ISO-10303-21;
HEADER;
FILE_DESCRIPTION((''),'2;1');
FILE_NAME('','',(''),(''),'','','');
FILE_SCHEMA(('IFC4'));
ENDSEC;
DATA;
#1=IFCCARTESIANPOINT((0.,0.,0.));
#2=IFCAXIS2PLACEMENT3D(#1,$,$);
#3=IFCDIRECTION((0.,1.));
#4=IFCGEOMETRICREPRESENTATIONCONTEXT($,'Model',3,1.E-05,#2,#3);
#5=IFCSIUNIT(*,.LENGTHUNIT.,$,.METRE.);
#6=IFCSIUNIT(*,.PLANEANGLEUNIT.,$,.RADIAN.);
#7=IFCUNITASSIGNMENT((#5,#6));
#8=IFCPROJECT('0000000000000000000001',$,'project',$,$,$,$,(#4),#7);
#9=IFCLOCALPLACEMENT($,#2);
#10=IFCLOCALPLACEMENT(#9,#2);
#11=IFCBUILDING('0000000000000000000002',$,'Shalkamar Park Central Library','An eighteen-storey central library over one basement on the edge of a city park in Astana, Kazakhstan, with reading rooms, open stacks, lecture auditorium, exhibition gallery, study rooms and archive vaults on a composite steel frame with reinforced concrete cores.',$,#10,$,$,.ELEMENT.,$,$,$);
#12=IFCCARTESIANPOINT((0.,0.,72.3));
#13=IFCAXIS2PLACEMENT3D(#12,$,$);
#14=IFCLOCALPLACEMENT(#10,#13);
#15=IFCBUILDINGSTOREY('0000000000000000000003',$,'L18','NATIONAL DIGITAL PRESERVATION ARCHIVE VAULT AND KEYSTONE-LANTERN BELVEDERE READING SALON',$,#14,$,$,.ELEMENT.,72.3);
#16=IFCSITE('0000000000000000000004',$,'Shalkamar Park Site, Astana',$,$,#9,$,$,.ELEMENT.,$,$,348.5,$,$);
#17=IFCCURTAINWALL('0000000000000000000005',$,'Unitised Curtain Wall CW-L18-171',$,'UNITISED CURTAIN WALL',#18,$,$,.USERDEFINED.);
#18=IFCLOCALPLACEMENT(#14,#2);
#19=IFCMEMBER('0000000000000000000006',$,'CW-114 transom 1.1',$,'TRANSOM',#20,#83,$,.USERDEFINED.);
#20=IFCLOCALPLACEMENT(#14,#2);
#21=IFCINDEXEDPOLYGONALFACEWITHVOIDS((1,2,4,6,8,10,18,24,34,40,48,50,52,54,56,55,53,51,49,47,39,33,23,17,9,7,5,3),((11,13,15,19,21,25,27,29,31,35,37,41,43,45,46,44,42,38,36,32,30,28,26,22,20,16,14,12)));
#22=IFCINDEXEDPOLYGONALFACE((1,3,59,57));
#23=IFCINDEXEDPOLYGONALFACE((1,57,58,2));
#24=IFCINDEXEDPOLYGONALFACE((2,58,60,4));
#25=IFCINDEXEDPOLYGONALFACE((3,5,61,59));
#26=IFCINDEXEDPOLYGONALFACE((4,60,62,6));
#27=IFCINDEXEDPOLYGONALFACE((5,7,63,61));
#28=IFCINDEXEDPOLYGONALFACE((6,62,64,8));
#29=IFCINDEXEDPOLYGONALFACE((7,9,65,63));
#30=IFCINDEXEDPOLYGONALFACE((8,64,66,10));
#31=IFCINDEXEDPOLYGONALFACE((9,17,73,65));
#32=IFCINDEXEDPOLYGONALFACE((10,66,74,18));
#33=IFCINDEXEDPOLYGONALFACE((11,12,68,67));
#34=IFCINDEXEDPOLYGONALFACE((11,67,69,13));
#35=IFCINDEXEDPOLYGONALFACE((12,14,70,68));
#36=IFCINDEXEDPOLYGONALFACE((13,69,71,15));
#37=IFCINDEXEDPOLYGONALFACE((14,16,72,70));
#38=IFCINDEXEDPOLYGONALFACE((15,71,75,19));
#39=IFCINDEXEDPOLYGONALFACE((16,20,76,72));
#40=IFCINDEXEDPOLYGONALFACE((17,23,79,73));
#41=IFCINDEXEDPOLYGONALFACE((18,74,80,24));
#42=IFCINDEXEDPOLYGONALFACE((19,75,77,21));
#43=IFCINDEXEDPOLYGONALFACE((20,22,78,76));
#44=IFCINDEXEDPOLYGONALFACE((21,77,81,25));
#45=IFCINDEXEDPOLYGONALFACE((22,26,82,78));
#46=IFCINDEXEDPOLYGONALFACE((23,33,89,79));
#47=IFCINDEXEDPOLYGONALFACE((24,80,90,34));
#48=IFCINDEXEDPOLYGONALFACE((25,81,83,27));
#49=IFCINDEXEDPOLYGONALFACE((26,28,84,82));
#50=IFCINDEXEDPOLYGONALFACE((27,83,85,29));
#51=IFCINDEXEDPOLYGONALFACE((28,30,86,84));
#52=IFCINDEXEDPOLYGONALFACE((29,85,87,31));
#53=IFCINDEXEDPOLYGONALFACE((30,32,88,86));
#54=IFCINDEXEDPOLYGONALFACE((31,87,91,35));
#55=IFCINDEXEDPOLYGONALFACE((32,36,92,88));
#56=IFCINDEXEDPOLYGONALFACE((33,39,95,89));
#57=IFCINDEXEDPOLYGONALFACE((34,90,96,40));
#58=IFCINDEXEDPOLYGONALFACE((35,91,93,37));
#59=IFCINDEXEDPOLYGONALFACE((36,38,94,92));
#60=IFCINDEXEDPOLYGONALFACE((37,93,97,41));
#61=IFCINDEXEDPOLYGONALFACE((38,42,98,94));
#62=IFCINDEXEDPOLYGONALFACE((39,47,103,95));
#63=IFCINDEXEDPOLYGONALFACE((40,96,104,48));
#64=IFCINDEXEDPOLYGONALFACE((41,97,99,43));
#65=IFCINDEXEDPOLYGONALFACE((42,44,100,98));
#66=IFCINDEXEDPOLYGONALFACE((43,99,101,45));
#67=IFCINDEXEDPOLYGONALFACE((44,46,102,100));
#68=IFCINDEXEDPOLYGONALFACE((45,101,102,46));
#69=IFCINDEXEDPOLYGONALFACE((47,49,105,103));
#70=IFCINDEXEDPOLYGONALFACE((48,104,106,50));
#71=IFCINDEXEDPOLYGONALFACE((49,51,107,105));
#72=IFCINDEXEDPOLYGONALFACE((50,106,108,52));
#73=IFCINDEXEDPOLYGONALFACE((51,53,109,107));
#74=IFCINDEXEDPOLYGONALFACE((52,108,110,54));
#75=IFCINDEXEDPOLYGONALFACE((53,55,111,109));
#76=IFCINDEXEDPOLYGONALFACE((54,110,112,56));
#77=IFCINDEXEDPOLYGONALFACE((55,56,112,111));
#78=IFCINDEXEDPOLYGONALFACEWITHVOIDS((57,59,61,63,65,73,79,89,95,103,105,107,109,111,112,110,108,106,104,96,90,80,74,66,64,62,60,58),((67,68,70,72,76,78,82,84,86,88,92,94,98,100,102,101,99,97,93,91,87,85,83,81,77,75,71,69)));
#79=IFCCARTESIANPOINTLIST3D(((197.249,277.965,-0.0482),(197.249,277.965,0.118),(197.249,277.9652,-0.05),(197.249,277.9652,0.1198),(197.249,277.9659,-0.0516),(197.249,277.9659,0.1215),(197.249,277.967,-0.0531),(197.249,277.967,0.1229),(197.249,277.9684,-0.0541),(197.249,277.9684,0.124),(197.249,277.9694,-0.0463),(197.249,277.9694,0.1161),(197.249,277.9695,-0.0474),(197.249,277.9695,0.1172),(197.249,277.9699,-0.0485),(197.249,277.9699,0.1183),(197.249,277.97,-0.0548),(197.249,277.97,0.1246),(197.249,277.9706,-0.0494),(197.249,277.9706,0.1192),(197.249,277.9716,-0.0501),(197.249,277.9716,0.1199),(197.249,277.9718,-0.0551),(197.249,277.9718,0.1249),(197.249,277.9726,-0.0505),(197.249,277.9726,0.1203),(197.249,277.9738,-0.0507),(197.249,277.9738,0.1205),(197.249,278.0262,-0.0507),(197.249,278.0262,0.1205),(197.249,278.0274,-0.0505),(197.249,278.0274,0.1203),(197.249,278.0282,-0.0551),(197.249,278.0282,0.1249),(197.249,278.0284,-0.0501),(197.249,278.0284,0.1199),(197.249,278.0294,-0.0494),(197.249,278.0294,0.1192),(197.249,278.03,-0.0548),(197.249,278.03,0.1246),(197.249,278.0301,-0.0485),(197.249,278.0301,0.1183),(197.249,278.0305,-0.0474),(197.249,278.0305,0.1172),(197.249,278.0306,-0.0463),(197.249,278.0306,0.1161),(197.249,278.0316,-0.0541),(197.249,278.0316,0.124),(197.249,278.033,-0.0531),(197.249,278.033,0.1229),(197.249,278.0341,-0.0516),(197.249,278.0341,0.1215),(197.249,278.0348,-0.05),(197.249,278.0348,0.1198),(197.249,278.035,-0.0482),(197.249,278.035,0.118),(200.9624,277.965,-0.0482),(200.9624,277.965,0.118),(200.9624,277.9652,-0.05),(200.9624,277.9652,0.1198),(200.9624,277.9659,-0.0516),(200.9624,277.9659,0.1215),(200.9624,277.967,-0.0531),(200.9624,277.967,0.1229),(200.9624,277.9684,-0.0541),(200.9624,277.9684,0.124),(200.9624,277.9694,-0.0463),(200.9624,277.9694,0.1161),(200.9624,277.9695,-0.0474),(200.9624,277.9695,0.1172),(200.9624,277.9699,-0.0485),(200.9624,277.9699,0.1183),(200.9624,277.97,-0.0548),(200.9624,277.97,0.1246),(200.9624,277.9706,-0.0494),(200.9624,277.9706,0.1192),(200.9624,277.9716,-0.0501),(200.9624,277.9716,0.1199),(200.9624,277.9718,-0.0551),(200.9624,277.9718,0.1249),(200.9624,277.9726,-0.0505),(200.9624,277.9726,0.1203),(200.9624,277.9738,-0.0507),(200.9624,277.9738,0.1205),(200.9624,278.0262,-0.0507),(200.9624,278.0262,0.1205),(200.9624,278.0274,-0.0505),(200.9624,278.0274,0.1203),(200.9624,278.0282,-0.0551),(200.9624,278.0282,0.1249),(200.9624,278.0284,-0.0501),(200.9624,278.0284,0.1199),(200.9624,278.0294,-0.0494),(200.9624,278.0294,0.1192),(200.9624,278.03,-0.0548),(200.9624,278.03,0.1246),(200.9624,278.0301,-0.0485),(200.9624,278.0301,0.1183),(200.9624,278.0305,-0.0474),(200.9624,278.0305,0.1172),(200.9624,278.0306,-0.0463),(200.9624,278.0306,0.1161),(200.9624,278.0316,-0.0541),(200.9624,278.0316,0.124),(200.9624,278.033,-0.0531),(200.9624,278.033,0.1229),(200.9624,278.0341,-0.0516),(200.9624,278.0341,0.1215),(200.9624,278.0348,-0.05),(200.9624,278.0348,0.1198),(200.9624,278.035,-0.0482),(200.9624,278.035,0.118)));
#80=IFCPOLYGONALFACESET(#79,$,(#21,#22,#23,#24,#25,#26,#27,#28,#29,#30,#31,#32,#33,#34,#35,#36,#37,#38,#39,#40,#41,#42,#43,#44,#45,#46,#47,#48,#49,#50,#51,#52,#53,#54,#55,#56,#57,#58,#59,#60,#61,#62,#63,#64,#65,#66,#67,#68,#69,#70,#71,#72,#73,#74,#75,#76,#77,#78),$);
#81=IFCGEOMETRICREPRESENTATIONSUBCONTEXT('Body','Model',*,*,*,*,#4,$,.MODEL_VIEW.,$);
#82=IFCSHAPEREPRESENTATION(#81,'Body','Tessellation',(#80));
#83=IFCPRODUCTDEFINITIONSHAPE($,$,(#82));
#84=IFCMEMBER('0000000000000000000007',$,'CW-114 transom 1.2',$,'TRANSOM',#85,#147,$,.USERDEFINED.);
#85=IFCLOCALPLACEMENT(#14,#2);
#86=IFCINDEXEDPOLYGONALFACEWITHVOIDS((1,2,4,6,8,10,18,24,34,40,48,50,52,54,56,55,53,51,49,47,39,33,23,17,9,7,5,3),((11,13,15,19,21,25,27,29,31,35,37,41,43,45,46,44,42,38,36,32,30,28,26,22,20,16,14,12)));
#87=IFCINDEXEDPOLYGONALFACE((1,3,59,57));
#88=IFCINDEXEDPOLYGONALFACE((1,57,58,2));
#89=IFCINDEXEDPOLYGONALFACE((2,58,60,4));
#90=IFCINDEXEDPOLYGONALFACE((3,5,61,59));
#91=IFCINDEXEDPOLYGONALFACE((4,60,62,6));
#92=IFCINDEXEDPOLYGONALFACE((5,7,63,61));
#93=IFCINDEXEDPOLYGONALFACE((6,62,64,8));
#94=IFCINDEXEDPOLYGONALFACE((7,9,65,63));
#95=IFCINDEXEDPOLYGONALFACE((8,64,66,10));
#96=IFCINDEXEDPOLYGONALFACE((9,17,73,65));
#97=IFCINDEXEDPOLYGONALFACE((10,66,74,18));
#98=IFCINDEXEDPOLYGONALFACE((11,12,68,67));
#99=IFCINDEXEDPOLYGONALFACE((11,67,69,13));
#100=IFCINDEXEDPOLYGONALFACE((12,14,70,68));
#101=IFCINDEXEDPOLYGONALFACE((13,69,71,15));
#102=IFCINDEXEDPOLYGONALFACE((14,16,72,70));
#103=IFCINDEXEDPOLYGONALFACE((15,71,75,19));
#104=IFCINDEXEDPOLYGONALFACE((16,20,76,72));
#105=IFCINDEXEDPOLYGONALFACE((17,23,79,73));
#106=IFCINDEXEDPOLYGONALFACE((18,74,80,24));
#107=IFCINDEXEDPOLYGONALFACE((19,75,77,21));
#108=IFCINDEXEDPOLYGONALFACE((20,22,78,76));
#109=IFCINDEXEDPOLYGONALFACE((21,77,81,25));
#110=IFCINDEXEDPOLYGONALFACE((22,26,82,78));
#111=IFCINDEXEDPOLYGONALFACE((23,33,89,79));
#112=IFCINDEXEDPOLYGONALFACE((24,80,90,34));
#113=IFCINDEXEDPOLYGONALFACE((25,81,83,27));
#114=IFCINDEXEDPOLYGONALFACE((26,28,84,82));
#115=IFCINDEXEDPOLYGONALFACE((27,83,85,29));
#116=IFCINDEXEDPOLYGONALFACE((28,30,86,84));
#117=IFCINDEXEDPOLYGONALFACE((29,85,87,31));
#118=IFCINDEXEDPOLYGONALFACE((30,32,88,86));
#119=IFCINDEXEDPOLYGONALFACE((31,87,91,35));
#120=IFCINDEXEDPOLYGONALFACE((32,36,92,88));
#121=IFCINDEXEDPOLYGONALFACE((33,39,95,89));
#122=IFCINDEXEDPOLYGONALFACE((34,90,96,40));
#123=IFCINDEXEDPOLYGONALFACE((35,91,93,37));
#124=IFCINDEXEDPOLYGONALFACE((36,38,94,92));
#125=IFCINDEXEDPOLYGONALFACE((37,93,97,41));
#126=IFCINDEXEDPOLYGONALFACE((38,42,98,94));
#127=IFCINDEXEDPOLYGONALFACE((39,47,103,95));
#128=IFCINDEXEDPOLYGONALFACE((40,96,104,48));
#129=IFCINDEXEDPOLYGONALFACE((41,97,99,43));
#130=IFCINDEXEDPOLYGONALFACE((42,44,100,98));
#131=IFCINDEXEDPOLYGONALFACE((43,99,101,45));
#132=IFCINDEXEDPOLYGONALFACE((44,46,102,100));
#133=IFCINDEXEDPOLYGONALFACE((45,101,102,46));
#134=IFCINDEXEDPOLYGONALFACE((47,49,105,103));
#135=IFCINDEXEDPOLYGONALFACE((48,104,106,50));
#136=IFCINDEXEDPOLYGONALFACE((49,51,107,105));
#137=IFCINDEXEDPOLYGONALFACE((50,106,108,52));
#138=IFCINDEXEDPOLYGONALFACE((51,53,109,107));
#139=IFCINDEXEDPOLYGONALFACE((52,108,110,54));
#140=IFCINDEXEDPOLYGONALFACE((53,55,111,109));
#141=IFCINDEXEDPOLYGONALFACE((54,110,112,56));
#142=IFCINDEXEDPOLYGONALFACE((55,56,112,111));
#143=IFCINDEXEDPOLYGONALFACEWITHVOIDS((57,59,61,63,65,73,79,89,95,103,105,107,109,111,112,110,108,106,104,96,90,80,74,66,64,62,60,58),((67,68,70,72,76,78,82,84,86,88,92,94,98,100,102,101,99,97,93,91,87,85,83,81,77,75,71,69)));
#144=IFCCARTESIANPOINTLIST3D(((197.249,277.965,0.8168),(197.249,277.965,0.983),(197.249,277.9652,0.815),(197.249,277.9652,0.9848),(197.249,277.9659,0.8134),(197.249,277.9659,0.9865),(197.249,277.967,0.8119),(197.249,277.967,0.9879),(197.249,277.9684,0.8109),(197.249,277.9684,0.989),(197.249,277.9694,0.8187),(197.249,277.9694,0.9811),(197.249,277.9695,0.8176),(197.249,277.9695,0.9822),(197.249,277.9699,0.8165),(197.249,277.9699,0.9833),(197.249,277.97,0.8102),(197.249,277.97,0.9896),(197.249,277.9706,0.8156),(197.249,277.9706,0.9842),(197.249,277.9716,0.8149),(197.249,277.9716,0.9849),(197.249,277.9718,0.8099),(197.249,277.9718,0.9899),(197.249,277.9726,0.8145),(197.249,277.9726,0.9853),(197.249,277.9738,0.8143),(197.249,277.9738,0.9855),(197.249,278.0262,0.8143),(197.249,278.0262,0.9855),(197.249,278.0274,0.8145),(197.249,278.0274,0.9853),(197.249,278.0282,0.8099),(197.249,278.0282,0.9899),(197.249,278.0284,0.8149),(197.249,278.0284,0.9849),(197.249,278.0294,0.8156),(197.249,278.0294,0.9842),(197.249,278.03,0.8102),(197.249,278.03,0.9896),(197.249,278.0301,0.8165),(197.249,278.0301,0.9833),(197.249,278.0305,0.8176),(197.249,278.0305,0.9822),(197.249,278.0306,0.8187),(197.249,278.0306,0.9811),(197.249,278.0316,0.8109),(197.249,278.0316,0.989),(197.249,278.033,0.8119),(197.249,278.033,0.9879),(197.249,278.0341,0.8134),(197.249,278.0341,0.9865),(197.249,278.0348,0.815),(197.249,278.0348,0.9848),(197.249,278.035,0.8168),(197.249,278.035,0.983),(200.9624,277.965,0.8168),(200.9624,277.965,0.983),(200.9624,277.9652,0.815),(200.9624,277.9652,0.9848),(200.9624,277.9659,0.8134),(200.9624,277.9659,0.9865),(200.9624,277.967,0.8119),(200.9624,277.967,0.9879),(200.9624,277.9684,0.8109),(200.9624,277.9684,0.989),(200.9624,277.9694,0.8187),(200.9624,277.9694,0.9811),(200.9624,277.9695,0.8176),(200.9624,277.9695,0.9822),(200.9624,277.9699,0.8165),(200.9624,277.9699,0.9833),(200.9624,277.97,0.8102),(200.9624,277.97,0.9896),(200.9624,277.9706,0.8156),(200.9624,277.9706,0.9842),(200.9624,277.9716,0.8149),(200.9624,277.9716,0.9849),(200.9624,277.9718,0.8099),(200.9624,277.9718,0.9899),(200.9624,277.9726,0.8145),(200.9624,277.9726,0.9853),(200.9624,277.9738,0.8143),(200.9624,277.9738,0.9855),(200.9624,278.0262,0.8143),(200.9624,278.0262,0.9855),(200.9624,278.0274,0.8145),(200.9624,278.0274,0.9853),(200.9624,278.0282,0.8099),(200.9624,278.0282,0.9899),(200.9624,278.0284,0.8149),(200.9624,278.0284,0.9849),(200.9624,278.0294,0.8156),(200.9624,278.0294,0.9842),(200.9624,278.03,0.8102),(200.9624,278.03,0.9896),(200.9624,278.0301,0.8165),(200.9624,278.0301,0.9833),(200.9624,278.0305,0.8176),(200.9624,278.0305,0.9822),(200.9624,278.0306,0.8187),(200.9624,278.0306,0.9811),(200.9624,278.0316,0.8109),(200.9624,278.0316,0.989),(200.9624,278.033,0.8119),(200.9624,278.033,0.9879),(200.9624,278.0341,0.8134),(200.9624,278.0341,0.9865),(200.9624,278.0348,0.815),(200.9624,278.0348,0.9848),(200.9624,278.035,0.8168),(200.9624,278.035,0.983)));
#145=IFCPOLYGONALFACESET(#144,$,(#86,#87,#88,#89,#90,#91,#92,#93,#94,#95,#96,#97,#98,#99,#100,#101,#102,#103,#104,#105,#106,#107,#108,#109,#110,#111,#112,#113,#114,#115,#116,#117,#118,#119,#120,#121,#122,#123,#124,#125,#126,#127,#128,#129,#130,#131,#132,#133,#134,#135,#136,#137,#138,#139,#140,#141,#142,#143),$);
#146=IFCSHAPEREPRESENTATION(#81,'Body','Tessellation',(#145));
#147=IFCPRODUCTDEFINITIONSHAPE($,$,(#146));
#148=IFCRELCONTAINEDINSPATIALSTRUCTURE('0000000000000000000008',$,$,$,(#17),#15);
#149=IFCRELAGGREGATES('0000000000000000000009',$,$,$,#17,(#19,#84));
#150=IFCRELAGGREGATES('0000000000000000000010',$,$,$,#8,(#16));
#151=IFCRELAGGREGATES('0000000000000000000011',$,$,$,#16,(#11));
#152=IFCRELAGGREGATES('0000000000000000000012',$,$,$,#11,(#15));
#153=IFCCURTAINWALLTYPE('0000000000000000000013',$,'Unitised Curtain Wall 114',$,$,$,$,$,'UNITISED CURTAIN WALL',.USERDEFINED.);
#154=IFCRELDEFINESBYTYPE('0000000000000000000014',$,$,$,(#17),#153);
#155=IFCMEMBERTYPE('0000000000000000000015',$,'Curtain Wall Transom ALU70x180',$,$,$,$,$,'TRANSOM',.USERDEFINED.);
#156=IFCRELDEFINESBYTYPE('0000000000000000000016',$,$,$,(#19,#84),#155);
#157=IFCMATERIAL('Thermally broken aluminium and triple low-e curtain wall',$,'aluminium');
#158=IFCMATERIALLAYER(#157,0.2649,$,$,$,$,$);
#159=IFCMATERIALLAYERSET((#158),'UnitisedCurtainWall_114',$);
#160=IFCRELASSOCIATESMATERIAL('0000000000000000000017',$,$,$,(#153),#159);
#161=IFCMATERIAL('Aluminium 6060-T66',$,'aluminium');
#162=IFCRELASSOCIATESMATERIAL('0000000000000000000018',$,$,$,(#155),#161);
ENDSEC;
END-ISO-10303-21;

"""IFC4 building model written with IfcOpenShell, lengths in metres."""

from ifc_helpers import new_model, si_unit, direction, frame, origin, origin_2d, place, context, subcontext, project, spatial, hollow_rectangle, extrude, material, layer, layer_set, material_profile, profile_set, type_object, element, aggregate, save


model = new_model("IFC4")

# Units and contexts
model_context = context("Model", 3, precision=1e-05, world=origin(), true_north=direction((0.0, 1.0)))
body_context = subcontext(model_context, "Body", "Model", "MODEL_VIEW")
ifc_project = project(units=[si_unit("LENGTHUNIT", "METRE"), si_unit("PLANEANGLEUNIT", "RADIAN")], contexts=[model_context])

# Site, building, storey
site_placement = place(None, origin())
site = spatial("IfcSite", under=ifc_project, at=site_placement, Name="Shalkamar Park Site, Astana", CompositionType="ELEMENT", RefElevation=348.5)
building_placement = place(site_placement, origin())
building = spatial("IfcBuilding", under=site, at=building_placement, Name="Shalkamar Park Central Library", Description="An eighteen-storey central library over one basement on the edge of a city park in Astana, Kazakhstan, with reading rooms, open stacks, lecture auditorium, exhibition gallery, study rooms and archive vaults on a composite steel frame with reinforced concrete cores.", CompositionType="ELEMENT")
storey_placement = place(building_placement, frame((0.0, 0.0, 72.3)))
storey = spatial("IfcBuildingStorey", under=building, at=storey_placement, Name="L18", Description="NATIONAL DIGITAL PRESERVATION ARCHIVE VAULT AND KEYSTONE-LANTERN BELVEDERE READING SALON", CompositionType="ELEMENT", Elevation=72.3)

# Shared definitions
ifc_material_1 = material(Name="Thermally broken aluminium and triple low-e curtain wall", Category="aluminium")
ifc_material_2 = material(Name="Aluminium 6060-T66", Category="aluminium")

# Curtain wall
ifc_layer_1 = layer(ifc_material_1, 0.2649)
ifc_layer_set_1 = layer_set([ifc_layer_1], Name="UnitisedCurtainWall_114")
curtain_wall_type_1 = type_object("IfcCurtainWallType", Name="Unitised Curtain Wall 114", ElementType="UNITISED CURTAIN WALL", PredefinedType="USERDEFINED", material=ifc_layer_set_1)
curtain_wall_1_placement = place(storey_placement, origin())
curtain_wall_1 = element("IfcCurtainWall", 1, at=curtain_wall_1_placement, inside=storey, type_object=curtain_wall_type_1, Name="Unitised Curtain Wall CW-L18-171", ObjectType="UNITISED CURTAIN WALL", PredefinedType="USERDEFINED")

# Members
ifc_material_profile_1 = material_profile(ifc_material_2, hollow_rectangle(XDim=0.0701, YDim=0.1799, WallThickness=0.0044, InnerFilletRadius=0.0044, OuterFilletRadius=0.0068, at=origin_2d()), Name="ALU 70x180x4.5")
ifc_profile_set_1 = profile_set([ifc_material_profile_1], Name="Aluminium 6060-T66")
member_type_1 = type_object("IfcMemberType", Name="Curtain Wall Transom ALU70x180", ElementType="TRANSOM", PredefinedType="USERDEFINED", material=ifc_profile_set_1)
member_1_placement = place(storey_placement, frame((197.249, 278.0, 0.0349), z_axis=(1.0, 0.0, 0.0), x_axis=(0.0, 1.0, 0.0)))
member_1 = element("IfcMember", 2, at=member_1_placement, type_object=member_type_1, Name="CW-114 transom 1.1", ObjectType="TRANSOM", PredefinedType="USERDEFINED", context=body_context, shape_type="SweptSolid", body=[
    extrude(hollow_rectangle(XDim=0.0701, YDim=0.1799, WallThickness=0.0044, InnerFilletRadius=0.0044, OuterFilletRadius=0.0068, at=origin_2d()), origin(), (0.0, 0.0, 1.0), 3.7134),
])
member_2_placement = place(storey_placement, frame((197.249, 278.0, 0.8999), z_axis=(1.0, 0.0, 0.0), x_axis=(0.0, 1.0, 0.0)))
member_2 = element("IfcMember", 3, at=member_2_placement, type_object=member_type_1, Name="CW-114 transom 1.2", ObjectType="TRANSOM", PredefinedType="USERDEFINED", context=body_context, shape_type="SweptSolid", body=[
    extrude(hollow_rectangle(XDim=0.0701, YDim=0.1799, WallThickness=0.0044, InnerFilletRadius=0.0044, OuterFilletRadius=0.0068, at=origin_2d()), origin(), (0.0, 0.0, 1.0), 3.7134),
])
aggregate(curtain_wall_1, [member_1, member_2])

save(model, "model.ifc")
